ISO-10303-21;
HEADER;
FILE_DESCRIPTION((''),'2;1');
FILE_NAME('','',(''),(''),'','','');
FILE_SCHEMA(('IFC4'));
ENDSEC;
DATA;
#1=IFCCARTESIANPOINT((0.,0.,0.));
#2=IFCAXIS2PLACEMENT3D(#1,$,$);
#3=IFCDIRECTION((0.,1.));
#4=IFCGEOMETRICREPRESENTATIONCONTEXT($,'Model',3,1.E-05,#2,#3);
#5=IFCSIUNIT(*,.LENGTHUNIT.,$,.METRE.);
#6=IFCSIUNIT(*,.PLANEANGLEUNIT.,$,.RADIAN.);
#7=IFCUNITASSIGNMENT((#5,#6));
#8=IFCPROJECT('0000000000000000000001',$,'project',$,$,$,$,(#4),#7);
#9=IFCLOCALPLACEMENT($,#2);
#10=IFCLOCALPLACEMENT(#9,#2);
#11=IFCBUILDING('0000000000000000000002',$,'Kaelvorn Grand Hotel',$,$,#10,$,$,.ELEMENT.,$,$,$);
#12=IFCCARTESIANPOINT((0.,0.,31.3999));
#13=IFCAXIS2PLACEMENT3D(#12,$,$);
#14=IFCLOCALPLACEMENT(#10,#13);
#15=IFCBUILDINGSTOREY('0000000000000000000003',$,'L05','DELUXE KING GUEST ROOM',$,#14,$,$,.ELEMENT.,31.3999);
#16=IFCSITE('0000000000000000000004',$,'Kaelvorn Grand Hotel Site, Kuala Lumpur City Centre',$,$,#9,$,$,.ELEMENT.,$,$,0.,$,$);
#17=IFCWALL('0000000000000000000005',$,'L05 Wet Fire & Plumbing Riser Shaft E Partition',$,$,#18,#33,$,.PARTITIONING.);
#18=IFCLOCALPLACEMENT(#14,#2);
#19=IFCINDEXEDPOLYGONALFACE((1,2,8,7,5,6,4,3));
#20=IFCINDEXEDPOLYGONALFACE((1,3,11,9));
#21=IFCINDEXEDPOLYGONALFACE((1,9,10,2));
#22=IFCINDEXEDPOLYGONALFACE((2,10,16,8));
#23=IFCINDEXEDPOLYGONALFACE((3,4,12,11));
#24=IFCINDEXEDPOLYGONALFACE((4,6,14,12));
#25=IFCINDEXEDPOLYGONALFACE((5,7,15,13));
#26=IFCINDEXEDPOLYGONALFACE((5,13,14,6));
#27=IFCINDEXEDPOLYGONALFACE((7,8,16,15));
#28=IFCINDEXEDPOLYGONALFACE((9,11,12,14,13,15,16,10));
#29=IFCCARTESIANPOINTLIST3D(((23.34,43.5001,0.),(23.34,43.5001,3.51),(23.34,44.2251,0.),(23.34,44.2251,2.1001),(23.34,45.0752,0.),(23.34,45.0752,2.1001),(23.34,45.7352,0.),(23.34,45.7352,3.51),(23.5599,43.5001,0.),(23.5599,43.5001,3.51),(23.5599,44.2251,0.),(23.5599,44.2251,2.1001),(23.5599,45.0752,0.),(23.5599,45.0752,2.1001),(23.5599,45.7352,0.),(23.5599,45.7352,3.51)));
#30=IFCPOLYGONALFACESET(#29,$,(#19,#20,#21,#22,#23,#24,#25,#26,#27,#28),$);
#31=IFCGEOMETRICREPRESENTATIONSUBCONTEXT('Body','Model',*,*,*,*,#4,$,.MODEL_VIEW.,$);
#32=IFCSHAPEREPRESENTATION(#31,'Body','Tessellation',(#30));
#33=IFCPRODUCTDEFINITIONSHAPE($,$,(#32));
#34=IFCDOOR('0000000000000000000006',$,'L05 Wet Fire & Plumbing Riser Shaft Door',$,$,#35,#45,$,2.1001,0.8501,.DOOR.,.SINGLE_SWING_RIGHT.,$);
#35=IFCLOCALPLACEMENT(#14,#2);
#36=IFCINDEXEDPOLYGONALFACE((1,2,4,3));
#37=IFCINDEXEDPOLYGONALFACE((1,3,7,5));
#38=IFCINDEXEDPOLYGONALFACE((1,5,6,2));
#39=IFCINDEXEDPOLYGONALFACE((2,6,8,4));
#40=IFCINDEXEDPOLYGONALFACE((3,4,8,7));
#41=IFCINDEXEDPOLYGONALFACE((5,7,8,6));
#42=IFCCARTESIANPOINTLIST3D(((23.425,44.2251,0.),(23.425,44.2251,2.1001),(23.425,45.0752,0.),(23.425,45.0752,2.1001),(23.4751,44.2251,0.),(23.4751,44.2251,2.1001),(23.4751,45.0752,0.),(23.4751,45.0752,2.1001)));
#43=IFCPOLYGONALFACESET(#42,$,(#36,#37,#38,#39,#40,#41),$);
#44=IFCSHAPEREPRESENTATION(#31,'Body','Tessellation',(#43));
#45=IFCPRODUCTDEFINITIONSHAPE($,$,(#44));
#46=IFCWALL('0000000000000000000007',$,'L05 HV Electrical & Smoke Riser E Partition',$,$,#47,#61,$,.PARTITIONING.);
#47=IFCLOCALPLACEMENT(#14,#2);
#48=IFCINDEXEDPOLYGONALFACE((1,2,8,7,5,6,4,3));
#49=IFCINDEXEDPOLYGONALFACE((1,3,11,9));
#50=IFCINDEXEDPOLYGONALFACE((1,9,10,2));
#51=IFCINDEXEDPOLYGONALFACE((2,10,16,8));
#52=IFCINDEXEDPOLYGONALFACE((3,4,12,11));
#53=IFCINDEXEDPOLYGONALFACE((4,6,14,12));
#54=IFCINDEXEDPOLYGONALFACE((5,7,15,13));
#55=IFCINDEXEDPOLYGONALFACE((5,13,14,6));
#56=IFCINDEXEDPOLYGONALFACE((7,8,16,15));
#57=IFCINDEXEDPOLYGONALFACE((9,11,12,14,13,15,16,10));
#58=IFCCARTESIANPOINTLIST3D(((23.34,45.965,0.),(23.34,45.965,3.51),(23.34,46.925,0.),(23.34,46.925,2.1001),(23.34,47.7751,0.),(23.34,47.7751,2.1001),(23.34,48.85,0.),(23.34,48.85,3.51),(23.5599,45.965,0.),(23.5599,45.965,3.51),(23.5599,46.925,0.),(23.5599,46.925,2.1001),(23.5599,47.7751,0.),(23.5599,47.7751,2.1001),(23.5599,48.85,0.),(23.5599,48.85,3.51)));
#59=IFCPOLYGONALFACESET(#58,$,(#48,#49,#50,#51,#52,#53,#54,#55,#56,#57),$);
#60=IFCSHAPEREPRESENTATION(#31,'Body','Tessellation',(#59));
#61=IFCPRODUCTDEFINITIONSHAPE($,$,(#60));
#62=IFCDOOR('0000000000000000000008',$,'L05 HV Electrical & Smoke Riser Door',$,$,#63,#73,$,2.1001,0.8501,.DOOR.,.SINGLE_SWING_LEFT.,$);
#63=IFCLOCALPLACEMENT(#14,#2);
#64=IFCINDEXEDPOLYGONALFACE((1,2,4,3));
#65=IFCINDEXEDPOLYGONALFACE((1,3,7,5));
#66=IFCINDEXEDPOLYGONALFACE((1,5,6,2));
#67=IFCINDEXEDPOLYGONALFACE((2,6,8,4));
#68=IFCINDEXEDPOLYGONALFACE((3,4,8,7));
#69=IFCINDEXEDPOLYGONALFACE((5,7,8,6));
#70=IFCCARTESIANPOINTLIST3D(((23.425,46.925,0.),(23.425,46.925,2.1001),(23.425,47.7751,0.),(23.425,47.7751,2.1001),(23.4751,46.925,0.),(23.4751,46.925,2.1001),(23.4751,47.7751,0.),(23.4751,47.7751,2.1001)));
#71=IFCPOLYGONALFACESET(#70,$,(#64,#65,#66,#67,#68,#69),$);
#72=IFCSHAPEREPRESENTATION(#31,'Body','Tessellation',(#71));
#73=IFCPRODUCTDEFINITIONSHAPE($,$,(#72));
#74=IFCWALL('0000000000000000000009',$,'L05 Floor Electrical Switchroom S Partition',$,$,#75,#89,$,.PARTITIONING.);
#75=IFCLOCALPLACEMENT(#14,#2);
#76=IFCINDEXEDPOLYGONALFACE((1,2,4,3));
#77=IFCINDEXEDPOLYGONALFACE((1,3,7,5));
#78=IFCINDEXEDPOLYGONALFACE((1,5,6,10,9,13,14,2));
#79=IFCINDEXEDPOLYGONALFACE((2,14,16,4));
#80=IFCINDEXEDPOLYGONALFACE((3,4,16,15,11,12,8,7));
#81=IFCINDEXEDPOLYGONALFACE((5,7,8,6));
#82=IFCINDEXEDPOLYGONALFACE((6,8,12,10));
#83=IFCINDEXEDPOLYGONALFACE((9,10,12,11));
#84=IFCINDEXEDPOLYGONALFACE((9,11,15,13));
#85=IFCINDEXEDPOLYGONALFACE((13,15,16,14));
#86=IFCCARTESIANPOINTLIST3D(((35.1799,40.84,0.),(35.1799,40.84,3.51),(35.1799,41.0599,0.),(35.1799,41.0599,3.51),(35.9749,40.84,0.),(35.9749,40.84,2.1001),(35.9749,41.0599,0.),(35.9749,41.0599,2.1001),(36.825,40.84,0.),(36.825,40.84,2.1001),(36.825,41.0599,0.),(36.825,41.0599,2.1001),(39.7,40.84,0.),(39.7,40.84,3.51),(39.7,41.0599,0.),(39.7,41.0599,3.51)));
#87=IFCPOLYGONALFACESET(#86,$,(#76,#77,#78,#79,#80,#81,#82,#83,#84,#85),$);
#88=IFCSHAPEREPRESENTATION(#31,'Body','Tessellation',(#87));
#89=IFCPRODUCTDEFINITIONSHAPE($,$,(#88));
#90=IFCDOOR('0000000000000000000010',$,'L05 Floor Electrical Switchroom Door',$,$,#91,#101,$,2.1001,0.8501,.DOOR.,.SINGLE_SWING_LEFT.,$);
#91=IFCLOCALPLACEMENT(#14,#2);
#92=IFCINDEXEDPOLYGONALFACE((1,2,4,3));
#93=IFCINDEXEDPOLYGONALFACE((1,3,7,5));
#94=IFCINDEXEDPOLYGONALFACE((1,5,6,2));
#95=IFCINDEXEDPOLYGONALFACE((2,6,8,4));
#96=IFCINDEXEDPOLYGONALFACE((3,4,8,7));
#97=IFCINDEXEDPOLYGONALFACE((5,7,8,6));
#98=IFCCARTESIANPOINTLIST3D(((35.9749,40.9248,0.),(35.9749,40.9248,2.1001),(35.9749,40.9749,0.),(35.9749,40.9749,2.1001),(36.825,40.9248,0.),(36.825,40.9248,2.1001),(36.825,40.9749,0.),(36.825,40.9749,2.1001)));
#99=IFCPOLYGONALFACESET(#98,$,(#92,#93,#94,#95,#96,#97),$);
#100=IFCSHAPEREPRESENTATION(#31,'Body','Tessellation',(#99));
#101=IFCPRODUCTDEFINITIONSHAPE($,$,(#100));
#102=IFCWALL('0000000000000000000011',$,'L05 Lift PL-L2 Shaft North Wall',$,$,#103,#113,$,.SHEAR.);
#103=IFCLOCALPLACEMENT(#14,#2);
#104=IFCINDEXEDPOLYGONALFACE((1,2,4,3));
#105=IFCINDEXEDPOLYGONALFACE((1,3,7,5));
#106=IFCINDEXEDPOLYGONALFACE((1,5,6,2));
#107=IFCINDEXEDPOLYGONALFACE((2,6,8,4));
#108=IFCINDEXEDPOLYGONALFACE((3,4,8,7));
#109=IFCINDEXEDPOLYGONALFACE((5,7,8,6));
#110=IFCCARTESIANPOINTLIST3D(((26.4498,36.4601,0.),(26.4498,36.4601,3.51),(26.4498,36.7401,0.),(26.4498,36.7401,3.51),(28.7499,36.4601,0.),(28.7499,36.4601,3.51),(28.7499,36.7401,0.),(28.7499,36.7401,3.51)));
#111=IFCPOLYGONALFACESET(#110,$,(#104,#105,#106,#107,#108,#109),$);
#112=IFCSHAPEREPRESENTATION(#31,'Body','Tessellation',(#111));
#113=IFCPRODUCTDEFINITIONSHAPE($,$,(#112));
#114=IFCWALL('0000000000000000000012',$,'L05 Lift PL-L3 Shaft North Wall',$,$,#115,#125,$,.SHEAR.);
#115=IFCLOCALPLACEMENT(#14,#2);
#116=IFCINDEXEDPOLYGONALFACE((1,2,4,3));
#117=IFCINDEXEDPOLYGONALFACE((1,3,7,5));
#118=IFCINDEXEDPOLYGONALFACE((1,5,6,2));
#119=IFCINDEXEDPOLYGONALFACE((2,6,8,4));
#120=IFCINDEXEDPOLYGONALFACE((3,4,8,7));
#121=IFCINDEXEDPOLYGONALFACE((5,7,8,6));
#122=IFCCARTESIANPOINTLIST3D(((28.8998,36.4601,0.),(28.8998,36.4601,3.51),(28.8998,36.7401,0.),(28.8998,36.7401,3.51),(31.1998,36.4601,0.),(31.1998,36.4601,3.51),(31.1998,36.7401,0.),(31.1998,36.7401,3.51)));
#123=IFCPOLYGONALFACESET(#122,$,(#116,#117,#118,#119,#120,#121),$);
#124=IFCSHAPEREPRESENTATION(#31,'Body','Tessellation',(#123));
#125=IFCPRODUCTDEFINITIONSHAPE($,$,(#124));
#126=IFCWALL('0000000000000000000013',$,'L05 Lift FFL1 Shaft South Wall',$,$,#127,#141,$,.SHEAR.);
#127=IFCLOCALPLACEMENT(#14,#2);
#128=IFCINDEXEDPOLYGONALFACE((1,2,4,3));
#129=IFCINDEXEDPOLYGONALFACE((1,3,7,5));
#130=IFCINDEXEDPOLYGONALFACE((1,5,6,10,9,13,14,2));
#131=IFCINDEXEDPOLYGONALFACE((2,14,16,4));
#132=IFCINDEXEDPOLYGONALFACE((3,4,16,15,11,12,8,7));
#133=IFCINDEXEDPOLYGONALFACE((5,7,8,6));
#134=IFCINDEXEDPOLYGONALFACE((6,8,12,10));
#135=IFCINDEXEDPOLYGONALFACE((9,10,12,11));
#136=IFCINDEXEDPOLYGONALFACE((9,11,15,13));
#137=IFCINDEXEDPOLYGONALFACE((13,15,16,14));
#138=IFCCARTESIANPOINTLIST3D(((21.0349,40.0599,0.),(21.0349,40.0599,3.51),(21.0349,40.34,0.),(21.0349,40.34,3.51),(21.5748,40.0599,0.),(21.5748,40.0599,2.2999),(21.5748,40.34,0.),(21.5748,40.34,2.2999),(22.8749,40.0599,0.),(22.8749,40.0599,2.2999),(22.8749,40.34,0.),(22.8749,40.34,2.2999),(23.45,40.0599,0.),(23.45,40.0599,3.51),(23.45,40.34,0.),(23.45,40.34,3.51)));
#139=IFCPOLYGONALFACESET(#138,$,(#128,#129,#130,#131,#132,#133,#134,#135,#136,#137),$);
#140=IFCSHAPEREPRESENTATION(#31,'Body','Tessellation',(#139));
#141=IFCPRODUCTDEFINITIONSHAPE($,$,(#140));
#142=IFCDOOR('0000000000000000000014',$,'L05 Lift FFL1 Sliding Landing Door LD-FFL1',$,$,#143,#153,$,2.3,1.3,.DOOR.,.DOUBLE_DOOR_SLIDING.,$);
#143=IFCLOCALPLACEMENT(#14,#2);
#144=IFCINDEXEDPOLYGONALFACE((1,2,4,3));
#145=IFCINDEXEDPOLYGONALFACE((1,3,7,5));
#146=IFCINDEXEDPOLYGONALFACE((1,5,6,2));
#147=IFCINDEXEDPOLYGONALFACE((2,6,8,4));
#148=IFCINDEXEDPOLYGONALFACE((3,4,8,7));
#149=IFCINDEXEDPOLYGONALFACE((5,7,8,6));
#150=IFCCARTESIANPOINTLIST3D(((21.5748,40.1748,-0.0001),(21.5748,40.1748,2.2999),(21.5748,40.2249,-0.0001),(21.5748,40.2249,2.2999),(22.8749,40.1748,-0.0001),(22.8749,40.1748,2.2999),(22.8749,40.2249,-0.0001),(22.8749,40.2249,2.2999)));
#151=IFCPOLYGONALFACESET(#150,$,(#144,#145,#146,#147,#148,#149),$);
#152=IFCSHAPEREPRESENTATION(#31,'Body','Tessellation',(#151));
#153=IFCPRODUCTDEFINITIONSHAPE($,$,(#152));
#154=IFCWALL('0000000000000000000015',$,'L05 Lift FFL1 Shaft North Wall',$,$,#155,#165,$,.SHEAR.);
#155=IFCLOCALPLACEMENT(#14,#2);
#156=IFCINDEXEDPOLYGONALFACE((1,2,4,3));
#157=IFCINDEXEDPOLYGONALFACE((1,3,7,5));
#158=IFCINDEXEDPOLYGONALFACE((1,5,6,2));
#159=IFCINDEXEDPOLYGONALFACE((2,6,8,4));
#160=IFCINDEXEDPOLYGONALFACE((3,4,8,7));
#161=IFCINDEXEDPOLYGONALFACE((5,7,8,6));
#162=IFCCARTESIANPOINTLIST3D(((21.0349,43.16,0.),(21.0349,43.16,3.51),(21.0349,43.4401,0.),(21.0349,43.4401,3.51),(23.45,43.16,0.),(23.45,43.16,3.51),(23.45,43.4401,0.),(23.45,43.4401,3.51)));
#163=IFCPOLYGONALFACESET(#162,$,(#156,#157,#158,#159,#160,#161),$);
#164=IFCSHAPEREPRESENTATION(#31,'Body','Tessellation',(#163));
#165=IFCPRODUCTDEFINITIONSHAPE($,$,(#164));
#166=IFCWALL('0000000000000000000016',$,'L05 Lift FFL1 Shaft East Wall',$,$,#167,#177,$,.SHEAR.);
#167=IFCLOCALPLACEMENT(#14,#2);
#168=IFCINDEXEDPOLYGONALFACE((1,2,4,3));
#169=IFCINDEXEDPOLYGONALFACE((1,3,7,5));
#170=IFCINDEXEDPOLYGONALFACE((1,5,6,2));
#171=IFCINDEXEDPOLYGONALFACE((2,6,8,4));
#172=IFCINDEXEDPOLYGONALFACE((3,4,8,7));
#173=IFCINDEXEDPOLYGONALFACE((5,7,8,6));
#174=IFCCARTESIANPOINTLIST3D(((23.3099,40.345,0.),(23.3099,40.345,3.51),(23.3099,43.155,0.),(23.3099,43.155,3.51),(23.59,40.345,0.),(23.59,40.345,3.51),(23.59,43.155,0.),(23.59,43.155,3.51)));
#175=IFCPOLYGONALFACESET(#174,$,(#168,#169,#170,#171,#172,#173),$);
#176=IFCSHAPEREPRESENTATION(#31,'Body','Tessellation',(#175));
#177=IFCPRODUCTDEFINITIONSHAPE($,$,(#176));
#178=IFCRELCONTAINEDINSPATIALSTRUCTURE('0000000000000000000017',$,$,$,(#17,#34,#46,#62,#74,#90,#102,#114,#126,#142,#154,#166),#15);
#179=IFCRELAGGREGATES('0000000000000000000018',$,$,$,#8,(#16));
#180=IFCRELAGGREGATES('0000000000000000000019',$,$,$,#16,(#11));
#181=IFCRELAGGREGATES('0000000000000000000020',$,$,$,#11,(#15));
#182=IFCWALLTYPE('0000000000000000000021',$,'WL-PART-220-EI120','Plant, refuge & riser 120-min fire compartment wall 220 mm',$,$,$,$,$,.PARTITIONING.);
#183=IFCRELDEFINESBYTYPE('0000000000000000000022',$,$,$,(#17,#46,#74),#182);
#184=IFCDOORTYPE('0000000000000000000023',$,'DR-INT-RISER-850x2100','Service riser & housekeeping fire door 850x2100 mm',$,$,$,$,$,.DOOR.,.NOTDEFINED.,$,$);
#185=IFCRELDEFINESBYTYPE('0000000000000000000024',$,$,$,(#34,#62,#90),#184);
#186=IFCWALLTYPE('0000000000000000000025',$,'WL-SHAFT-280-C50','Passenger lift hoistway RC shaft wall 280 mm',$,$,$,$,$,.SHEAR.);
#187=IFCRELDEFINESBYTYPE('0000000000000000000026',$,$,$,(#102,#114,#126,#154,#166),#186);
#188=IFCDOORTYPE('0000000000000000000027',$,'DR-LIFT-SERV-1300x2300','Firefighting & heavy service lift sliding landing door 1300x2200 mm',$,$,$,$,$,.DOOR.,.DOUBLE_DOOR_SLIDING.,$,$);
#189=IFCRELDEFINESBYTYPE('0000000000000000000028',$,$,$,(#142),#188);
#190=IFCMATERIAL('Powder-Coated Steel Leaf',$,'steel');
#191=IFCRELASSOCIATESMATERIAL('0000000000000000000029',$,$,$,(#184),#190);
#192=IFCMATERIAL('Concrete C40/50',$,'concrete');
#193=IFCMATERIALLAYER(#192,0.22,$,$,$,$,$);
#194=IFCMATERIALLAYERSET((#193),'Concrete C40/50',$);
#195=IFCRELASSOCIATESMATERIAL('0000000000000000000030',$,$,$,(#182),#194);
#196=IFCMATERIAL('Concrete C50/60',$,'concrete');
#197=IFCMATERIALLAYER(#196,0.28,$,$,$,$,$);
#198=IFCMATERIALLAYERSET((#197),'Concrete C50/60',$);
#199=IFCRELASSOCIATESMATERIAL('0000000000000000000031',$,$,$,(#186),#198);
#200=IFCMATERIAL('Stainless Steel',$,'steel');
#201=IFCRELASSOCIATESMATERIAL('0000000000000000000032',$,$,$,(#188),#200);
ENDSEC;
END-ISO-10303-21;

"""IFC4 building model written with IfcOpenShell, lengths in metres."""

from ifc_helpers import new_model, si_unit, direction, frame, frame_2d, origin, place, context, subcontext, project, spatial, rectangle, extrude, material, layer, layer_set, type_object, element, fill, save


model = new_model("IFC4")

# Units and contexts
model_context = context("Model", 3, precision=1e-05, world=origin(), true_north=direction((0.0, 1.0)))
body_context = subcontext(model_context, "Body", "Model", "MODEL_VIEW")
ifc_project = project(units=[si_unit("LENGTHUNIT", "METRE"), si_unit("PLANEANGLEUNIT", "RADIAN")], contexts=[model_context])

# Site, building, storey
site_placement = place(None, origin())
site = spatial("IfcSite", under=ifc_project, at=site_placement, Name="Kaelvorn Grand Hotel Site, Kuala Lumpur City Centre", CompositionType="ELEMENT", RefElevation=0.0)
building_placement = place(site_placement, origin())
building = spatial("IfcBuilding", under=site, at=building_placement, Name="Kaelvorn Grand Hotel", CompositionType="ELEMENT")
storey_placement = place(building_placement, frame((0.0, 0.0, 31.3999)))
storey = spatial("IfcBuildingStorey", under=building, at=storey_placement, Name="L05", Description="DELUXE KING GUEST ROOM", CompositionType="ELEMENT", Elevation=31.3999)

# Shared definitions
ifc_material_1 = material(Name="Powder-Coated Steel Leaf", Category="steel")
door_type_1 = type_object("IfcDoorType", Name="DR-INT-RISER-850x2100", Description="Service riser & housekeeping fire door 850x2100 mm", OperationType="NOTDEFINED", PredefinedType="DOOR", material=ifc_material_1)

# Shared definitions
ifc_material_2 = material(Name="Concrete C40/50", Category="concrete")
ifc_layer_1 = layer(ifc_material_2, 0.22)
ifc_layer_set_1 = layer_set([ifc_layer_1], Name="Concrete C40/50")
wall_type_1 = type_object("IfcWallType", Name="WL-PART-220-EI120", Description="Plant, refuge & riser 120-min fire compartment wall 220 mm", PredefinedType="PARTITIONING", material=ifc_layer_set_1)

# Walls, openings, doors
wall_1_placement = place(storey_placement, frame((23.45, 43.5, 0.0), z_axis=(0.0, 0.0, 1.0), x_axis=(0.0, 1.0, 0.0)))
wall_1 = element("IfcWall", 1, at=wall_1_placement, inside=storey, type_object=wall_type_1, Name="L05 Wet Fire & Plumbing Riser Shaft E Partition", PredefinedType="PARTITIONING", context=body_context, shape_type="SweptSolid", body=[
    extrude(rectangle(XDim=2.2351, YDim=0.22, at=frame_2d((1.1177, 0.0))), origin(), (0.0, 0.0, 1.0), 3.51),
])
opening_1_placement = place(wall_1_placement, frame((0.7251, 0.0, 0.0)))
opening_1 = element("IfcOpeningElement", 2, at=opening_1_placement, cuts=wall_1, PredefinedType="OPENING", context=body_context, shape_type="SweptSolid", body=[
    extrude(rectangle(XDim=0.8501, YDim=2.1001, at=frame_2d((0.425, 1.05))), frame((0.0, 0.1201, 0.0), z_axis=(0.0, -1.0, 0.0), x_axis=(1.0, 0.0, 0.0)), (0.0, 0.0, 1.0), 0.24),
])
door_1_placement = place(opening_1_placement, origin())
door_1 = element("IfcDoor", 3, at=door_1_placement, inside=storey, type_object=door_type_1, Name="L05 Wet Fire & Plumbing Riser Shaft Door", OperationType="SINGLE_SWING_RIGHT", OverallHeight=2.1001, OverallWidth=0.8501, PredefinedType="DOOR", context=body_context, shape_type="SweptSolid", body=[
    extrude(rectangle(XDim=0.8501, YDim=2.1001, at=frame_2d((0.425, 1.05))), frame((0.0, 0.0249, 0.0), z_axis=(0.0, -1.0, 0.0), x_axis=(1.0, 0.0, 0.0)), (0.0, 0.0, 1.0), 0.05),
])
fill(opening_1, door_1)
wall_2_placement = place(storey_placement, frame((23.45, 45.9651, 0.0), z_axis=(0.0, 0.0, 1.0), x_axis=(0.0, 1.0, 0.0)))
wall_2 = element("IfcWall", 4, at=wall_2_placement, inside=storey, type_object=wall_type_1, Name="L05 HV Electrical & Smoke Riser E Partition", PredefinedType="PARTITIONING", context=body_context, shape_type="SweptSolid", body=[
    extrude(rectangle(XDim=2.885, YDim=0.22, at=frame_2d((1.4424, 0.0))), origin(), (0.0, 0.0, 1.0), 3.51),
])
opening_2_placement = place(wall_2_placement, frame((0.96, 0.0, 0.0)))
opening_2 = element("IfcOpeningElement", 5, at=opening_2_placement, cuts=wall_2, PredefinedType="OPENING", context=body_context, shape_type="SweptSolid", body=[
    extrude(rectangle(XDim=0.8501, YDim=2.1001, at=frame_2d((0.425, 1.05))), frame((0.0, 0.1201, 0.0), z_axis=(0.0, -1.0, 0.0), x_axis=(1.0, 0.0, 0.0)), (0.0, 0.0, 1.0), 0.24),
])
door_2_placement = place(opening_2_placement, origin())
door_2 = element("IfcDoor", 6, at=door_2_placement, inside=storey, type_object=door_type_1, Name="L05 HV Electrical & Smoke Riser Door", OperationType="SINGLE_SWING_LEFT", OverallHeight=2.1001, OverallWidth=0.8501, PredefinedType="DOOR", context=body_context, shape_type="SweptSolid", body=[
    extrude(rectangle(XDim=0.8501, YDim=2.1001, at=frame_2d((0.425, 1.05))), frame((0.0, 0.0249, 0.0), z_axis=(0.0, -1.0, 0.0), x_axis=(1.0, 0.0, 0.0)), (0.0, 0.0, 1.0), 0.05),
])
fill(opening_2, door_2)
wall_3_placement = place(storey_placement, frame((35.1799, 40.95, 0.0), z_axis=(0.0, 0.0, 1.0), x_axis=(1.0, 0.0, 0.0)))
wall_3 = element("IfcWall", 7, at=wall_3_placement, inside=storey, type_object=wall_type_1, Name="L05 Floor Electrical Switchroom S Partition", PredefinedType="PARTITIONING", context=body_context, shape_type="SweptSolid", body=[
    extrude(rectangle(XDim=4.52, YDim=0.22, at=frame_2d((2.26, 0.0))), origin(), (0.0, 0.0, 1.0), 3.51),
])
opening_3_placement = place(wall_3_placement, frame((0.7949, 0.0, 0.0)))
opening_3 = element("IfcOpeningElement", 8, at=opening_3_placement, cuts=wall_3, PredefinedType="OPENING", context=body_context, shape_type="SweptSolid", body=[
    extrude(rectangle(XDim=0.8501, YDim=2.1001, at=frame_2d((0.425, 1.05))), frame((0.0, 0.1201, 0.0), z_axis=(0.0, -1.0, 0.0), x_axis=(1.0, 0.0, 0.0)), (0.0, 0.0, 1.0), 0.24),
])
door_3_placement = place(opening_3_placement, origin())
door_3 = element("IfcDoor", 9, at=door_3_placement, inside=storey, type_object=door_type_1, Name="L05 Floor Electrical Switchroom Door", OperationType="SINGLE_SWING_LEFT", OverallHeight=2.1001, OverallWidth=0.8501, PredefinedType="DOOR", context=body_context, shape_type="SweptSolid", body=[
    extrude(rectangle(XDim=0.8501, YDim=2.1001, at=frame_2d((0.425, 1.05))), frame((0.0, 0.0249, 0.0), z_axis=(0.0, -1.0, 0.0), x_axis=(1.0, 0.0, 0.0)), (0.0, 0.0, 1.0), 0.05),
])
fill(opening_3, door_3)

# Walls
ifc_material_3 = material(Name="Concrete C50/60", Category="concrete")
ifc_layer_2 = layer(ifc_material_3, 0.28)
ifc_layer_set_2 = layer_set([ifc_layer_2], Name="Concrete C50/60")
wall_type_2 = type_object("IfcWallType", Name="WL-SHAFT-280-C50", Description="Passenger lift hoistway RC shaft wall 280 mm", PredefinedType="SHEAR", material=ifc_layer_set_2)
for number, where, z_axis, x_axis, name in (
    (10, (26.45, 36.6001, 0.0), (0.0, 0.0, 1.0), (1.0, 0.0, 0.0), "L05 Lift PL-L2 Shaft North Wall"),
    (11, (28.8999, 36.6001, 0.0), (0.0, 0.0, 1.0), (1.0, 0.0, 0.0), "L05 Lift PL-L3 Shaft North Wall"),
):
    element("IfcWall", number, at=place(storey_placement, frame(where, z_axis=z_axis, x_axis=x_axis)), inside=storey, type_object=wall_type_2, Name=name, PredefinedType="SHEAR", context=body_context, shape_type="SweptSolid", body=[
        extrude(rectangle(XDim=2.3, YDim=0.28, at=frame_2d((1.1499, 0.0))), origin(), (0.0, 0.0, 1.0), 3.51),
    ])

# Wall, opening, door
wall_4_placement = place(storey_placement, frame((21.0349, 40.2, 0.0), z_axis=(0.0, 0.0, 1.0), x_axis=(1.0, 0.0, 0.0)))
wall_4 = element("IfcWall", 12, at=wall_4_placement, inside=storey, type_object=wall_type_2, Name="L05 Lift FFL1 Shaft South Wall", PredefinedType="SHEAR", context=body_context, shape_type="SweptSolid", body=[
    extrude(rectangle(XDim=2.415, YDim=0.28, at=frame_2d((1.2075, 0.0))), origin(), (0.0, 0.0, 1.0), 3.51),
])
opening_4_placement = place(wall_4_placement, frame((0.54, 0.0, 0.0)))
opening_4 = element("IfcOpeningElement", 13, at=opening_4_placement, cuts=wall_4, PredefinedType="OPENING", context=body_context, shape_type="SweptSolid", body=[
    extrude(rectangle(XDim=1.3, YDim=2.3, at=frame_2d((0.6499, 1.1499))), frame((0.0, 0.1499, 0.0), z_axis=(0.0, -1.0, 0.0), x_axis=(1.0, 0.0, 0.0)), (0.0, 0.0, 1.0), 0.3),
])
ifc_material_4 = material(Name="Stainless Steel", Category="steel")
door_type_2 = type_object("IfcDoorType", Name="DR-LIFT-SERV-1300x2300", Description="Firefighting & heavy service lift sliding landing door 1300x2200 mm", OperationType="DOUBLE_DOOR_SLIDING", PredefinedType="DOOR", material=ifc_material_4)
door_4_placement = place(opening_4_placement, origin())
door_4 = element("IfcDoor", 14, at=door_4_placement, inside=storey, type_object=door_type_2, Name="L05 Lift FFL1 Sliding Landing Door LD-FFL1", OperationType="DOUBLE_DOOR_SLIDING", OverallHeight=2.3, OverallWidth=1.3, PredefinedType="DOOR", context=body_context, shape_type="SweptSolid", body=[
    extrude(rectangle(XDim=1.3, YDim=2.3, at=frame_2d((0.6499, 1.1499))), frame((0.0, 0.0249, 0.0), z_axis=(0.0, -1.0, 0.0), x_axis=(1.0, 0.0, 0.0)), (0.0, 0.0, 1.0), 0.05),
])
fill(opening_4, door_4)

# Walls
wall_5_placement = place(storey_placement, frame((21.0349, 43.3, 0.0), z_axis=(0.0, 0.0, 1.0), x_axis=(1.0, 0.0, 0.0)))
element("IfcWall", 15, at=wall_5_placement, inside=storey, type_object=wall_type_2, Name="L05 Lift FFL1 Shaft North Wall", PredefinedType="SHEAR", context=body_context, shape_type="SweptSolid", body=[
    extrude(rectangle(XDim=2.415, YDim=0.28, at=frame_2d((1.2075, 0.0))), origin(), (0.0, 0.0, 1.0), 3.51),
])
wall_6_placement = place(storey_placement, frame((23.45, 40.345, 0.0), z_axis=(0.0, 0.0, 1.0), x_axis=(0.0, 1.0, 0.0)))
element("IfcWall", 16, at=wall_6_placement, inside=storey, type_object=wall_type_2, Name="L05 Lift FFL1 Shaft East Wall", PredefinedType="SHEAR", context=body_context, shape_type="SweptSolid", body=[
    extrude(rectangle(XDim=2.8101, YDim=0.28, at=frame_2d((1.405, 0.0))), origin(), (0.0, 0.0, 1.0), 3.51),
])

save(model, "model.ifc")
